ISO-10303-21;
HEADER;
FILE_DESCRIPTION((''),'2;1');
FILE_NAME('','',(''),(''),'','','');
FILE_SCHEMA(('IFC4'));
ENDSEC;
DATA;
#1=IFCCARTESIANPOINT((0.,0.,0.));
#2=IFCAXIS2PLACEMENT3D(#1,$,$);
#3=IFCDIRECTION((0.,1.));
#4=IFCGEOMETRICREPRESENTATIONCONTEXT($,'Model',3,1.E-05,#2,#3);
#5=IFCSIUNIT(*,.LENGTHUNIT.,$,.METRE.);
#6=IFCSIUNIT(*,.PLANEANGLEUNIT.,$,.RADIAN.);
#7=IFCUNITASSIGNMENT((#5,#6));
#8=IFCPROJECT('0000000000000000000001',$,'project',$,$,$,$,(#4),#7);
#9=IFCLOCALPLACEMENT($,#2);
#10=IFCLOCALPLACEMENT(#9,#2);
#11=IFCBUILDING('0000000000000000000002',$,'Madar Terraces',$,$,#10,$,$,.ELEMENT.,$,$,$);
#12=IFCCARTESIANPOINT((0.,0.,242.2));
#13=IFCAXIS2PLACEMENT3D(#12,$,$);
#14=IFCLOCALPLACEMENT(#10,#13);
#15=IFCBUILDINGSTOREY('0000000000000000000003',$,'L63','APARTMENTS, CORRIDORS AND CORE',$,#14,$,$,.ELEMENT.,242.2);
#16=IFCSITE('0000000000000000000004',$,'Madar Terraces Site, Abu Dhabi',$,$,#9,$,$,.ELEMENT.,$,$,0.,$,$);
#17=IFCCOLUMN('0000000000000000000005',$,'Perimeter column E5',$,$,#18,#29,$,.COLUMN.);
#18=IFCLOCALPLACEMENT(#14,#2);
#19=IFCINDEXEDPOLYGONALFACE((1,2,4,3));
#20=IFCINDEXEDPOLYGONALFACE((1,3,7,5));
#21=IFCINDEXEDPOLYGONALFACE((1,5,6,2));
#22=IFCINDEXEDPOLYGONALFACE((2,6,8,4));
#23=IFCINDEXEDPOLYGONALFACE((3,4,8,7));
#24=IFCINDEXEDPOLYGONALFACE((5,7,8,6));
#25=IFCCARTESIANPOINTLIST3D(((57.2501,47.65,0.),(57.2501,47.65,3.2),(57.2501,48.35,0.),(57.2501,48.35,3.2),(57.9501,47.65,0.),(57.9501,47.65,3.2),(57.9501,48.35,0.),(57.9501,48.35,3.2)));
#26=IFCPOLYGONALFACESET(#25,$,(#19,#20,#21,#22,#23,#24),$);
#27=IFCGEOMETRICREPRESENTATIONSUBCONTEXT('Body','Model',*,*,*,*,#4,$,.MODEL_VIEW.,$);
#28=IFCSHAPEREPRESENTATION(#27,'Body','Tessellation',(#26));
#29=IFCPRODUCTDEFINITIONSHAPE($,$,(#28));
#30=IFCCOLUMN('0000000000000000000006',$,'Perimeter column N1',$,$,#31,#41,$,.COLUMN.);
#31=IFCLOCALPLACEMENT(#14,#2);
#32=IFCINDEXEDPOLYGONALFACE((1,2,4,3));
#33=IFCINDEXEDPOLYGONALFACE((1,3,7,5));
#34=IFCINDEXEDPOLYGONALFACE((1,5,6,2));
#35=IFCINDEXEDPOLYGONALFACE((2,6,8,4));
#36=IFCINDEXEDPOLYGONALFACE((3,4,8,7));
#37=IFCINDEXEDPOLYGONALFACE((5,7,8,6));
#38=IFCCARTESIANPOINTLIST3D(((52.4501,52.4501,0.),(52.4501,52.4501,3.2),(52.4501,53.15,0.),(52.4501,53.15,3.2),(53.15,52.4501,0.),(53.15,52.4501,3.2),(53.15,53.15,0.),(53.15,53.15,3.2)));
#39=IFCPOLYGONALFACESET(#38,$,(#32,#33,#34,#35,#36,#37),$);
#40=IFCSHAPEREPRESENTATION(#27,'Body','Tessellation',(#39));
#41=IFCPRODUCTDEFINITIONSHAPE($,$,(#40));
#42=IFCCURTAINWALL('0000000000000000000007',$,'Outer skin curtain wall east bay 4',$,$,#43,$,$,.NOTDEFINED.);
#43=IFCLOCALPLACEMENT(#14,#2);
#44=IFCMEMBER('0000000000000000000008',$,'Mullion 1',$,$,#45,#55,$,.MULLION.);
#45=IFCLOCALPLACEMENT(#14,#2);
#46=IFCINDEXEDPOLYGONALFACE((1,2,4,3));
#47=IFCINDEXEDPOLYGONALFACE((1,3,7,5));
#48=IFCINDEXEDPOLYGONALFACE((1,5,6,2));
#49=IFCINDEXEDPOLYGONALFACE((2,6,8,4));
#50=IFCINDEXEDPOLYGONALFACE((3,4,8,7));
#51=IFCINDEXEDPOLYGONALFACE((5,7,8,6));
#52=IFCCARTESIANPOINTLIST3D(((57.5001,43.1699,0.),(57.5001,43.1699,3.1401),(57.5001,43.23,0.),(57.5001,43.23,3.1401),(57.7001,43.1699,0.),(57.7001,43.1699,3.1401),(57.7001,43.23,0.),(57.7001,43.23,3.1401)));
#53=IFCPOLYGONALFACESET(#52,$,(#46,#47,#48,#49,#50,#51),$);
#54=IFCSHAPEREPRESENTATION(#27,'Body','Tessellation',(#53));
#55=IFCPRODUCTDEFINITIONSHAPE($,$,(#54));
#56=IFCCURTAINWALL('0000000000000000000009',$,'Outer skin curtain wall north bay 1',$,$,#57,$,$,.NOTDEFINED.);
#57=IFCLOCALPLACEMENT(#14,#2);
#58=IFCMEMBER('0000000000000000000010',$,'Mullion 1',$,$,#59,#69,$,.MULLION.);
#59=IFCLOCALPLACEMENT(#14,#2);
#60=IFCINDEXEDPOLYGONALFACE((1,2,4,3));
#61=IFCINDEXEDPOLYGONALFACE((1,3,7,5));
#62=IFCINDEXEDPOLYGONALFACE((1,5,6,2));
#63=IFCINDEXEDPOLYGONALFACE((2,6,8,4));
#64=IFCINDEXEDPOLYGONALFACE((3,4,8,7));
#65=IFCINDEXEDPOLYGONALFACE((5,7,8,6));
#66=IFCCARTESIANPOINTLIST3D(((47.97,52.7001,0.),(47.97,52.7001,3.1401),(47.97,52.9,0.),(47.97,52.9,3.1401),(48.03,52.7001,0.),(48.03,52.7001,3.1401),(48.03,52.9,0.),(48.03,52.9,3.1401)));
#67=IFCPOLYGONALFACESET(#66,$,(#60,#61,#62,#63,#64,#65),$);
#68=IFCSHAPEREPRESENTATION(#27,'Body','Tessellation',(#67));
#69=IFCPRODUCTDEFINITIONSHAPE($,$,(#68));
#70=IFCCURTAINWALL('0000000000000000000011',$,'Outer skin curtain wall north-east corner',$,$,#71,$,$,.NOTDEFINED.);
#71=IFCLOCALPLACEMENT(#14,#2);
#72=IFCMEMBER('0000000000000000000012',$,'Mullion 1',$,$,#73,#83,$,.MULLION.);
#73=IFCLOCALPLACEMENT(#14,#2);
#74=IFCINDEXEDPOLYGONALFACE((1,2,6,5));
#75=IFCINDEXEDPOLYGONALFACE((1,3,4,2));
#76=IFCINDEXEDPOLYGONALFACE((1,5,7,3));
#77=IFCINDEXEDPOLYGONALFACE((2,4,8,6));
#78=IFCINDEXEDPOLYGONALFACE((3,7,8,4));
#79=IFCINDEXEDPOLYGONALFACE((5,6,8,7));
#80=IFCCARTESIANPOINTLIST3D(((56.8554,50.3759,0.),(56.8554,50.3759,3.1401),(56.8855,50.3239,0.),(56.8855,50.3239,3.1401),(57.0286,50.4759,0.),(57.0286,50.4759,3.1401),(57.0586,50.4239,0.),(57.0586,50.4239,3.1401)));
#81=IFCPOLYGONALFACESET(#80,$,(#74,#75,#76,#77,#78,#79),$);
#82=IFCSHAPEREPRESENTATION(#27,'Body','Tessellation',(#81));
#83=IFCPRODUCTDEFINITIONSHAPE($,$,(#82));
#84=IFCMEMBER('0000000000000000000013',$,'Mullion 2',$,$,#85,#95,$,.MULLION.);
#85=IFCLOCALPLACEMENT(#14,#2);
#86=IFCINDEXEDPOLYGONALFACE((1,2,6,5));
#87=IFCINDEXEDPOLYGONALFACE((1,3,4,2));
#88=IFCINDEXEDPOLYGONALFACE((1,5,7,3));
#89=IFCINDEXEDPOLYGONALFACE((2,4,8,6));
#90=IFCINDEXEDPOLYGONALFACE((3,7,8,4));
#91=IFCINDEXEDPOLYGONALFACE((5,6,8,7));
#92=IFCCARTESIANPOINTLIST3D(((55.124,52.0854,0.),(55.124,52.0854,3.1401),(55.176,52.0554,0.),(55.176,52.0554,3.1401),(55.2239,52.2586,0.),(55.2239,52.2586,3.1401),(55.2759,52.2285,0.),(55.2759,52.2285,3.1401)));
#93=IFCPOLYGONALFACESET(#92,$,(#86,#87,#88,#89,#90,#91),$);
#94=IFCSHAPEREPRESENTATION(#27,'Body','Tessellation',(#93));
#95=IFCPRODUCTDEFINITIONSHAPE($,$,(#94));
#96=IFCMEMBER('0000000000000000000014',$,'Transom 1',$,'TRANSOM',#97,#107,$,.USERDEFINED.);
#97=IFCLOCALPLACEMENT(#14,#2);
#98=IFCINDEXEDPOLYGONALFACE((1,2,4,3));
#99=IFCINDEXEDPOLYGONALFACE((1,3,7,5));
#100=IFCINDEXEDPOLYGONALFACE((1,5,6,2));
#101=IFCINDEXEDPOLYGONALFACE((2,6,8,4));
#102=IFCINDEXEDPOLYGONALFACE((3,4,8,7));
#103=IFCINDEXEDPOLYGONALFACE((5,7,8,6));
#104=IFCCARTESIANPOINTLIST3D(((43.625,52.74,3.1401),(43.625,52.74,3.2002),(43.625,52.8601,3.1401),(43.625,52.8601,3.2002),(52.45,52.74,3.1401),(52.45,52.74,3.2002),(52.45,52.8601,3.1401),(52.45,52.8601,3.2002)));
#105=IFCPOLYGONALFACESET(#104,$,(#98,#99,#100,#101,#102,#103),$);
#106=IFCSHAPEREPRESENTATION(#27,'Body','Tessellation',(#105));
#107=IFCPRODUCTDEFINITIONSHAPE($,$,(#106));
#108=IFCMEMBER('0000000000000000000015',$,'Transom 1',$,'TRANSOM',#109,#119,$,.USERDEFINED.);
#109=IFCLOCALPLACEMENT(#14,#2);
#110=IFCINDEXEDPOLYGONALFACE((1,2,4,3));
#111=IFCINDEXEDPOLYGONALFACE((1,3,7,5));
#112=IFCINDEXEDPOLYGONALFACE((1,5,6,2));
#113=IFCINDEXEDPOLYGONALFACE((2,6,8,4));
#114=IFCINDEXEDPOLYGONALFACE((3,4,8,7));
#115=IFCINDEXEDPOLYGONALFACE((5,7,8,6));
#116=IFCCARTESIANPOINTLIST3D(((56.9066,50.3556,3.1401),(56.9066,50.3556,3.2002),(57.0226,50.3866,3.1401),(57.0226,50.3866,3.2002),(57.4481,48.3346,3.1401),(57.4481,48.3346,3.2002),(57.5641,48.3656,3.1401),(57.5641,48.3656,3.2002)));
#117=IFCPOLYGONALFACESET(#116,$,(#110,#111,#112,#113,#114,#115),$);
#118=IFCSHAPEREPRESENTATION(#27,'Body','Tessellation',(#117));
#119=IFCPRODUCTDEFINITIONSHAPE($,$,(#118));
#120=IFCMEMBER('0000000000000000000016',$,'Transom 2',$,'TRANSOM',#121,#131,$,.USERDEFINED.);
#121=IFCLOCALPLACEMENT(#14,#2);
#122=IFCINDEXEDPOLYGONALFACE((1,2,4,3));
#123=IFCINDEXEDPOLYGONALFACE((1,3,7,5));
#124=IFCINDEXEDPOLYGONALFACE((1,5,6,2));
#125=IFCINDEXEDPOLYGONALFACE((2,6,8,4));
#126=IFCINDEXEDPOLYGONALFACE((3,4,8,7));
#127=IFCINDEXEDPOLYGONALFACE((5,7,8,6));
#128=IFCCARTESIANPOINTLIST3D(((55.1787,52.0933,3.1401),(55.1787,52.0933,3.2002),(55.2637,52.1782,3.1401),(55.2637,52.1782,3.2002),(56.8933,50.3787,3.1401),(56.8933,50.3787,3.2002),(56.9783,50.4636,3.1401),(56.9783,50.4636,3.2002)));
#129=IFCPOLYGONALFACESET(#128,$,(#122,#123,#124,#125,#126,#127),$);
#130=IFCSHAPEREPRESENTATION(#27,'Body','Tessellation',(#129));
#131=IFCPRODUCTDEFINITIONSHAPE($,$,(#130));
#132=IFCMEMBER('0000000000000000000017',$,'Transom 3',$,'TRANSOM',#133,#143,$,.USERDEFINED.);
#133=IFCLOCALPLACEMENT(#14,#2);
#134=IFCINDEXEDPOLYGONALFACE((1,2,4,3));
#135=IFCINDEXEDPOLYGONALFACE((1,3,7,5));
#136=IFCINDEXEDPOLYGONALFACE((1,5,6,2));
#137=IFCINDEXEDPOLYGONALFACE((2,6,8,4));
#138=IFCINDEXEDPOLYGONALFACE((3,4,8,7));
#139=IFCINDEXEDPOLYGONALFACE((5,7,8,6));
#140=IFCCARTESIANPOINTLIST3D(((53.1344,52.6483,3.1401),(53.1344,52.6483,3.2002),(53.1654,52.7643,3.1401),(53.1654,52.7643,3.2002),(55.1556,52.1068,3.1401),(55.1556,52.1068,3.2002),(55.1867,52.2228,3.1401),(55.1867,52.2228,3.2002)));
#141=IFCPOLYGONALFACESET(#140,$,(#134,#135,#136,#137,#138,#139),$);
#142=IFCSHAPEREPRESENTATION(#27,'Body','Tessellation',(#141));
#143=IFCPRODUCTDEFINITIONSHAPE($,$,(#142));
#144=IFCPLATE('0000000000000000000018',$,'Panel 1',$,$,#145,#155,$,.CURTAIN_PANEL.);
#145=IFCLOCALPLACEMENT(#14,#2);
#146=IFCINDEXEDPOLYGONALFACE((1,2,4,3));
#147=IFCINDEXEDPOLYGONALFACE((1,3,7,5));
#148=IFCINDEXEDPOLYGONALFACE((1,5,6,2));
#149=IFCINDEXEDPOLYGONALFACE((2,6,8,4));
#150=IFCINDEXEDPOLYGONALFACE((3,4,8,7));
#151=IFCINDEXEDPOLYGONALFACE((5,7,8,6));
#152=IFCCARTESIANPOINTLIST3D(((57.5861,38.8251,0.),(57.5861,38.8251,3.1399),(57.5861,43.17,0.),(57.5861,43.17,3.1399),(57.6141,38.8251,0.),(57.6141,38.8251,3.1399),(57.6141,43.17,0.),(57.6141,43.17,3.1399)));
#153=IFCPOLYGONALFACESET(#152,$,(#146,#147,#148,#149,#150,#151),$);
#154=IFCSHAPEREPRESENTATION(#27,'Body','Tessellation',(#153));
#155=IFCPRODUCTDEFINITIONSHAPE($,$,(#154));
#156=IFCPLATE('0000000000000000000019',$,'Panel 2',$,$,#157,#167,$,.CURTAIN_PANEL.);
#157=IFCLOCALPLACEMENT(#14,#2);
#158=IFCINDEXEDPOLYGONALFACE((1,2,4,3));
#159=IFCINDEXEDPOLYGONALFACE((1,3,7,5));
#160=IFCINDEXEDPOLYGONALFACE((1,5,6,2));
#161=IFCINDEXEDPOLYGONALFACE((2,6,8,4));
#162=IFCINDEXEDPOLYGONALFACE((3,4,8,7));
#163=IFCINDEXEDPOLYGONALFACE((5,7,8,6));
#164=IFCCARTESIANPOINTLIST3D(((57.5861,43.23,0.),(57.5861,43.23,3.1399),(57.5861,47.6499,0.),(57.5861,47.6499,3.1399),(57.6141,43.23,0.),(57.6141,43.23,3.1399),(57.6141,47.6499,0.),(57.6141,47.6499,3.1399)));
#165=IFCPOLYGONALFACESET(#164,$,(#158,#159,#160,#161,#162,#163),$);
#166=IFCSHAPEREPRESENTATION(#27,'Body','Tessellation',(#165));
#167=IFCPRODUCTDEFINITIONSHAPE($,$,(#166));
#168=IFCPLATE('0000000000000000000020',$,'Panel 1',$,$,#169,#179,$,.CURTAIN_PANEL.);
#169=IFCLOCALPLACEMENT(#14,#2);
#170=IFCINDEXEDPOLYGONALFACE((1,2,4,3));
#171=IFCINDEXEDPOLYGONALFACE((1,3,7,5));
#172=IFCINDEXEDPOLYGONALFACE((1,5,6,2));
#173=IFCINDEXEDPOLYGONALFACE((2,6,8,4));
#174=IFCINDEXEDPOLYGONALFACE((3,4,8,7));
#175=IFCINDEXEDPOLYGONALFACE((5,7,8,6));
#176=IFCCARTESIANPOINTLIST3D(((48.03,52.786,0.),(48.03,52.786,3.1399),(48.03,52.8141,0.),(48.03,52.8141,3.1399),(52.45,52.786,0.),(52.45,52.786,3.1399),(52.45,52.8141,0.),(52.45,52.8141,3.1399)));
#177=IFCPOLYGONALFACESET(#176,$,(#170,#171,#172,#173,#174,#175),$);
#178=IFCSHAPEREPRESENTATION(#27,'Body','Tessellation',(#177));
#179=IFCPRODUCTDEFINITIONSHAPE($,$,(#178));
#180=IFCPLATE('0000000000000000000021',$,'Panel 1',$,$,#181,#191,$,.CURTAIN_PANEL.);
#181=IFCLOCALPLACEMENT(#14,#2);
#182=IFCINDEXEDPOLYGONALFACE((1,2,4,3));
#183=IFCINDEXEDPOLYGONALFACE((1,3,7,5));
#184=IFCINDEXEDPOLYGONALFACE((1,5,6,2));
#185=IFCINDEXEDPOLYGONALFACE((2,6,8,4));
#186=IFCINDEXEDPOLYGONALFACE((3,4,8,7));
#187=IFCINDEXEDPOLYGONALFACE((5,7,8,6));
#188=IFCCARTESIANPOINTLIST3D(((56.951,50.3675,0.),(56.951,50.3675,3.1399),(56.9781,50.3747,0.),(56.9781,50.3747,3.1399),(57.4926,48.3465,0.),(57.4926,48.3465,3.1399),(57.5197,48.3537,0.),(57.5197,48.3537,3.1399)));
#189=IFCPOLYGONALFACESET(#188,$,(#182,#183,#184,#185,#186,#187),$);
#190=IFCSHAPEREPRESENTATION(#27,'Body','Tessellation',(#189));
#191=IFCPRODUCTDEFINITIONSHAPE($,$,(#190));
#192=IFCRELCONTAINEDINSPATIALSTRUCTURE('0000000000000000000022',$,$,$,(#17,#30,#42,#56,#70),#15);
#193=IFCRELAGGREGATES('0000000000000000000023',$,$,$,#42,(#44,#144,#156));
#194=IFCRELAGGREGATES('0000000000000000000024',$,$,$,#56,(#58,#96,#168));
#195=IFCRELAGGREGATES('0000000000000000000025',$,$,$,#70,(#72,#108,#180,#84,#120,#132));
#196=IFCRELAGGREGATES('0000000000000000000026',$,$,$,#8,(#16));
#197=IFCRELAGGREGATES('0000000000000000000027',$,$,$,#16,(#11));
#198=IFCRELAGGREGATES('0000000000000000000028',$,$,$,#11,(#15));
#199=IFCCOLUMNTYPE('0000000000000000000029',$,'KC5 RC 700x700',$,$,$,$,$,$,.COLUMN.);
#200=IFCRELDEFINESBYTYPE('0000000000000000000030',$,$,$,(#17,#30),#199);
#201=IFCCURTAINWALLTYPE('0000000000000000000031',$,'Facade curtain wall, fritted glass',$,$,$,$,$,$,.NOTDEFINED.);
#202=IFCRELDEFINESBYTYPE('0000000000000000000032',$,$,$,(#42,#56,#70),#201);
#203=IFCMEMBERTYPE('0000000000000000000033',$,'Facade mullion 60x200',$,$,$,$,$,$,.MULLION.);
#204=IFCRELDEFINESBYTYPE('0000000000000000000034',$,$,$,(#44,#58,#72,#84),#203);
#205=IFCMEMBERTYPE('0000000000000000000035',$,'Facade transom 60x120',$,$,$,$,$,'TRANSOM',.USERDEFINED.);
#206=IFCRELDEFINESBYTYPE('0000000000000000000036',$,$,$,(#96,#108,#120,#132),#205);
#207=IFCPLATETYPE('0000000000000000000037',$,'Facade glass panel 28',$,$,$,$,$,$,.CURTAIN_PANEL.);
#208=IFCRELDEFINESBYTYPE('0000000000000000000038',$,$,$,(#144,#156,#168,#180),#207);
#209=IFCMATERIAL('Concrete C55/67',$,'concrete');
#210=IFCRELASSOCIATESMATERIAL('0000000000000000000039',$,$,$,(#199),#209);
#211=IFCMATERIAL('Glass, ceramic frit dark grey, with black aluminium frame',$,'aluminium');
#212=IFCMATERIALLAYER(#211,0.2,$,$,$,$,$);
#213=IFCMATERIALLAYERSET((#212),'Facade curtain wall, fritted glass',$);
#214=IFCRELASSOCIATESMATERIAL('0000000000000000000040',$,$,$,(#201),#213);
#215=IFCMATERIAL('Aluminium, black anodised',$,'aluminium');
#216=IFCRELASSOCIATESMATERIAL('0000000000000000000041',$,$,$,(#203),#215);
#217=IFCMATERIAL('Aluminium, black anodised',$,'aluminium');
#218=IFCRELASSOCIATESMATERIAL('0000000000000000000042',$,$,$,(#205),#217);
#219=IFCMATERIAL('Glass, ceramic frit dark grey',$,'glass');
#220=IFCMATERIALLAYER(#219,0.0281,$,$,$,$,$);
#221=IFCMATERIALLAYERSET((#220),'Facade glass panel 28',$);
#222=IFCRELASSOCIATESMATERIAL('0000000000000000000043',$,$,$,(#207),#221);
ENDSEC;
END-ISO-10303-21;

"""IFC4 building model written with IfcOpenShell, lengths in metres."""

from ifc_helpers import new_model, si_unit, direction, frame, origin, origin_2d, place, context, subcontext, project, spatial, rectangle, extrude, material, layer, layer_set, material_profile, profile_set, type_object, element, aggregate, save


model = new_model("IFC4")

# Units and contexts
model_context = context("Model", 3, precision=1e-05, world=origin(), true_north=direction((0.0, 1.0)))
body_context = subcontext(model_context, "Body", "Model", "MODEL_VIEW")
ifc_project = project(units=[si_unit("LENGTHUNIT", "METRE"), si_unit("PLANEANGLEUNIT", "RADIAN")], contexts=[model_context])

# Site, building, storey
site_placement = place(None, origin())
site = spatial("IfcSite", under=ifc_project, at=site_placement, Name="Madar Terraces Site, Abu Dhabi", CompositionType="ELEMENT", RefElevation=0.0)
building_placement = place(site_placement, origin())
building = spatial("IfcBuilding", under=site, at=building_placement, Name="Madar Terraces", CompositionType="ELEMENT")
storey_placement = place(building_placement, frame((0.0, 0.0, 242.2)))
storey = spatial("IfcBuildingStorey", under=building, at=storey_placement, Name="L63", Description="APARTMENTS, CORRIDORS AND CORE", CompositionType="ELEMENT", Elevation=242.2)

# Columns
ifc_material_1 = material(Name="Concrete C55/67", Category="concrete")
ifc_material_profile_1 = material_profile(ifc_material_1, rectangle(XDim=0.7, YDim=0.7, at=origin_2d()), Name="KC5 RC 700x700")
ifc_profile_set_1 = profile_set([ifc_material_profile_1], Name="Concrete C55/67")
column_type = type_object("IfcColumnType", Name="KC5 RC 700x700", PredefinedType="COLUMN", material=ifc_profile_set_1)
for number, where, z_axis, x_axis, name in (
    (1, (57.6001, 48.0, 0.0), (0.0, 0.0, 1.0), (1.0, 0.0, 0.0), "Perimeter column E5"),
    (2, (52.8, 52.8, 0.0), (0.0, 0.0, 1.0), (1.0, 0.0, 0.0), "Perimeter column N1"),
):
    element("IfcColumn", number, at=place(storey_placement, frame(where, z_axis=z_axis, x_axis=x_axis)), inside=storey, type_object=column_type, Name=name, PredefinedType="COLUMN", context=body_context, shape_type="SweptSolid", body=[
        extrude(rectangle(XDim=0.7, YDim=0.7, at=origin_2d()), origin(), (0.0, 0.0, 1.0), 3.2),
    ])

# Curtain walls, members
ifc_material_2 = material(Name="Glass, ceramic frit dark grey, with black aluminium frame", Category="aluminium")
ifc_layer_1 = layer(ifc_material_2, 0.2)
ifc_layer_set_1 = layer_set([ifc_layer_1], Name="Facade curtain wall, fritted glass")
curtain_wall_type = type_object("IfcCurtainWallType", Name="Facade curtain wall, fritted glass", PredefinedType="NOTDEFINED", material=ifc_layer_set_1)
curtain_wall_1_placement = place(storey_placement, origin())
curtain_wall_1 = element("IfcCurtainWall", 3, at=curtain_wall_1_placement, inside=storey, type_object=curtain_wall_type, Name="Outer skin curtain wall east bay 4", PredefinedType="NOTDEFINED")
ifc_material_3 = material(Name="Aluminium, black anodised", Category="aluminium")
ifc_material_profile_2 = material_profile(ifc_material_3, rectangle(XDim=0.2, YDim=0.0601, at=origin_2d()), Name="Facade mullion 60x200")
ifc_profile_set_2 = profile_set([ifc_material_profile_2], Name="Aluminium, black anodised")
member_type_1 = type_object("IfcMemberType", Name="Facade mullion 60x200", PredefinedType="MULLION", material=ifc_profile_set_2)
member_1_placement = place(storey_placement, frame((57.6001, 43.2, 0.0), z_axis=(0.0, 0.0, 1.0), x_axis=(-1.0, 0.0, 0.0)))
member_1 = element("IfcMember", 4, at=member_1_placement, type_object=member_type_1, Name="Mullion 1", PredefinedType="MULLION", context=body_context, shape_type="SweptSolid", body=[
    extrude(rectangle(XDim=0.2, YDim=0.0601, at=origin_2d()), origin(), (0.0, 0.0, 1.0), 3.1401),
])
curtain_wall_2_placement = place(storey_placement, origin())
curtain_wall_2 = element("IfcCurtainWall", 5, at=curtain_wall_2_placement, inside=storey, type_object=curtain_wall_type, Name="Outer skin curtain wall north bay 1", PredefinedType="NOTDEFINED")
member_2_placement = place(storey_placement, frame((48.0, 52.8, 0.0), z_axis=(0.0, 0.0, 1.0), x_axis=(0.0, -1.0, 0.0)))
member_2 = element("IfcMember", 6, at=member_2_placement, type_object=member_type_1, Name="Mullion 1", PredefinedType="MULLION", context=body_context, shape_type="SweptSolid", body=[
    extrude(rectangle(XDim=0.2, YDim=0.0601, at=origin_2d()), origin(), (0.0, 0.0, 1.0), 3.1401),
])

# Curtain wall, members
curtain_wall_3_placement = place(storey_placement, origin())
curtain_wall_3 = element("IfcCurtainWall", 7, at=curtain_wall_3_placement, inside=storey, type_object=curtain_wall_type, Name="Outer skin curtain wall north-east corner", PredefinedType="NOTDEFINED")
member_3_placement = place(storey_placement, frame((56.957, 50.3999, 0.0), z_axis=(0.0, 0.0, 1.0), x_axis=(-0.866025, -0.5, 0.0)))
member_3 = element("IfcMember", 8, at=member_3_placement, type_object=member_type_1, Name="Mullion 1", PredefinedType="MULLION", context=body_context, shape_type="SweptSolid", body=[
    extrude(rectangle(XDim=0.2, YDim=0.0601, at=origin_2d()), origin(), (0.0, 0.0, 1.0), 3.1401),
])
member_4_placement = place(storey_placement, frame((55.2, 52.157, 0.0), z_axis=(0.0, 0.0, 1.0), x_axis=(-0.5, -0.866025, 0.0)))
member_4 = element("IfcMember", 9, at=member_4_placement, type_object=member_type_1, Name="Mullion 2", PredefinedType="MULLION", context=body_context, shape_type="SweptSolid", body=[
    extrude(rectangle(XDim=0.2, YDim=0.0601, at=origin_2d()), origin(), (0.0, 0.0, 1.0), 3.1401),
])

# Members
ifc_material_4 = material(Name="Aluminium, black anodised", Category="aluminium")
ifc_material_profile_3 = material_profile(ifc_material_4, rectangle(XDim=0.1201, YDim=0.0601, at=origin_2d()), Name="Facade transom 60x120")
ifc_profile_set_3 = profile_set([ifc_material_profile_3], Name="Aluminium, black anodised")
member_type_2 = type_object("IfcMemberType", Name="Facade transom 60x120", ElementType="TRANSOM", PredefinedType="USERDEFINED", material=ifc_profile_set_3)
member_5_placement = place(storey_placement, frame((52.45, 52.8, 3.1702), z_axis=(-1.0, 0.0, 0.0), x_axis=(0.0, -1.0, 0.0)))
member_5 = element("IfcMember", 10, at=member_5_placement, type_object=member_type_2, Name="Transom 1", ObjectType="TRANSOM", PredefinedType="USERDEFINED", context=body_context, shape_type="SweptSolid", body=[
    extrude(rectangle(XDim=0.1201, YDim=0.0601, at=origin_2d()), origin(), (0.0, 0.0, 1.0), 8.825),
])
member_6_placement = place(storey_placement, frame((57.5061, 48.3501, 3.1702), z_axis=(-0.25881, 0.965928, 0.0), x_axis=(-0.965928, -0.25881, 0.0)))
member_6 = element("IfcMember", 11, at=member_6_placement, type_object=member_type_2, Name="Transom 1", ObjectType="TRANSOM", PredefinedType="USERDEFINED", context=body_context, shape_type="SweptSolid", body=[
    extrude(rectangle(XDim=0.1201, YDim=0.0601, at=origin_2d()), origin(), (0.0, 0.0, 1.0), 2.0923),
])
member_7_placement = place(storey_placement, frame((56.9358, 50.4211, 3.1702), z_axis=(-0.707107, 0.707107, 0.0), x_axis=(-0.707107, -0.707107, 0.0)))
member_7 = element("IfcMember", 12, at=member_7_placement, type_object=member_type_2, Name="Transom 2", ObjectType="TRANSOM", PredefinedType="USERDEFINED", context=body_context, shape_type="SweptSolid", body=[
    extrude(rectangle(XDim=0.1201, YDim=0.0601, at=origin_2d()), origin(), (0.0, 0.0, 1.0), 2.4248),
])
member_8_placement = place(storey_placement, frame((55.1711, 52.1648, 3.1702), z_axis=(-0.965936, 0.258781, 0.0), x_axis=(-0.258781, -0.965936, 0.0)))
member_8 = element("IfcMember", 13, at=member_8_placement, type_object=member_type_2, Name="Transom 3", ObjectType="TRANSOM", PredefinedType="USERDEFINED", context=body_context, shape_type="SweptSolid", body=[
    extrude(rectangle(XDim=0.1201, YDim=0.0601, at=origin_2d()), origin(), (0.0, 0.0, 1.0), 2.0925),
])

# Plates
ifc_material_5 = material(Name="Glass, ceramic frit dark grey", Category="glass")
ifc_layer_2 = layer(ifc_material_5, 0.0281)
ifc_layer_set_2 = layer_set([ifc_layer_2], Name="Facade glass panel 28")
plate_type = type_object("IfcPlateType", Name="Facade glass panel 28", PredefinedType="CURTAIN_PANEL", material=ifc_layer_set_2)
plate_1_placement = place(storey_placement, frame((57.6001, 40.9976, 0.0), z_axis=(0.0, 0.0, 1.0), x_axis=(0.0, 1.0, 0.0)))
plate_1 = element("IfcPlate", 14, at=plate_1_placement, type_object=plate_type, Name="Panel 1", PredefinedType="CURTAIN_PANEL", context=body_context, shape_type="SweptSolid", body=[
    extrude(rectangle(XDim=4.345, YDim=0.0281, at=origin_2d()), origin(), (0.0, 0.0, 1.0), 3.1399),
])
plate_2_placement = place(storey_placement, frame((57.6001, 45.4399, 0.0), z_axis=(0.0, 0.0, 1.0), x_axis=(0.0, 1.0, 0.0)))
plate_2 = element("IfcPlate", 15, at=plate_2_placement, type_object=plate_type, Name="Panel 2", PredefinedType="CURTAIN_PANEL", context=body_context, shape_type="SweptSolid", body=[
    extrude(rectangle(XDim=4.4199, YDim=0.0281, at=origin_2d()), origin(), (0.0, 0.0, 1.0), 3.1399),
])
aggregate(curtain_wall_1, [member_1, plate_1, plate_2])
plate_3_placement = place(storey_placement, frame((50.24, 52.8, 0.0), z_axis=(0.0, 0.0, 1.0), x_axis=(-1.0, 0.0, 0.0)))
plate_3 = element("IfcPlate", 16, at=plate_3_placement, type_object=plate_type, Name="Panel 1", PredefinedType="CURTAIN_PANEL", context=body_context, shape_type="SweptSolid", body=[
    extrude(rectangle(XDim=4.4199, YDim=0.0281, at=origin_2d()), origin(), (0.0, 0.0, 1.0), 3.1399),
])
aggregate(curtain_wall_2, [member_2, member_5, plate_3])
plate_4_placement = place(storey_placement, frame((57.2354, 49.3606, 0.0), z_axis=(0.0, 0.0, 1.0), x_axis=(-0.258819, 0.965926, 0.0)))
plate_4 = element("IfcPlate", 17, at=plate_4_placement, type_object=plate_type, Name="Panel 1", PredefinedType="CURTAIN_PANEL", context=body_context, shape_type="SweptSolid", body=[
    extrude(rectangle(XDim=2.0923, YDim=0.0281, at=origin_2d()), origin(), (0.0, 0.0, 1.0), 3.1399),
])
aggregate(curtain_wall_3, [member_3, member_6, plate_4, member_4, member_7, member_8])

save(model, "model.ifc")
